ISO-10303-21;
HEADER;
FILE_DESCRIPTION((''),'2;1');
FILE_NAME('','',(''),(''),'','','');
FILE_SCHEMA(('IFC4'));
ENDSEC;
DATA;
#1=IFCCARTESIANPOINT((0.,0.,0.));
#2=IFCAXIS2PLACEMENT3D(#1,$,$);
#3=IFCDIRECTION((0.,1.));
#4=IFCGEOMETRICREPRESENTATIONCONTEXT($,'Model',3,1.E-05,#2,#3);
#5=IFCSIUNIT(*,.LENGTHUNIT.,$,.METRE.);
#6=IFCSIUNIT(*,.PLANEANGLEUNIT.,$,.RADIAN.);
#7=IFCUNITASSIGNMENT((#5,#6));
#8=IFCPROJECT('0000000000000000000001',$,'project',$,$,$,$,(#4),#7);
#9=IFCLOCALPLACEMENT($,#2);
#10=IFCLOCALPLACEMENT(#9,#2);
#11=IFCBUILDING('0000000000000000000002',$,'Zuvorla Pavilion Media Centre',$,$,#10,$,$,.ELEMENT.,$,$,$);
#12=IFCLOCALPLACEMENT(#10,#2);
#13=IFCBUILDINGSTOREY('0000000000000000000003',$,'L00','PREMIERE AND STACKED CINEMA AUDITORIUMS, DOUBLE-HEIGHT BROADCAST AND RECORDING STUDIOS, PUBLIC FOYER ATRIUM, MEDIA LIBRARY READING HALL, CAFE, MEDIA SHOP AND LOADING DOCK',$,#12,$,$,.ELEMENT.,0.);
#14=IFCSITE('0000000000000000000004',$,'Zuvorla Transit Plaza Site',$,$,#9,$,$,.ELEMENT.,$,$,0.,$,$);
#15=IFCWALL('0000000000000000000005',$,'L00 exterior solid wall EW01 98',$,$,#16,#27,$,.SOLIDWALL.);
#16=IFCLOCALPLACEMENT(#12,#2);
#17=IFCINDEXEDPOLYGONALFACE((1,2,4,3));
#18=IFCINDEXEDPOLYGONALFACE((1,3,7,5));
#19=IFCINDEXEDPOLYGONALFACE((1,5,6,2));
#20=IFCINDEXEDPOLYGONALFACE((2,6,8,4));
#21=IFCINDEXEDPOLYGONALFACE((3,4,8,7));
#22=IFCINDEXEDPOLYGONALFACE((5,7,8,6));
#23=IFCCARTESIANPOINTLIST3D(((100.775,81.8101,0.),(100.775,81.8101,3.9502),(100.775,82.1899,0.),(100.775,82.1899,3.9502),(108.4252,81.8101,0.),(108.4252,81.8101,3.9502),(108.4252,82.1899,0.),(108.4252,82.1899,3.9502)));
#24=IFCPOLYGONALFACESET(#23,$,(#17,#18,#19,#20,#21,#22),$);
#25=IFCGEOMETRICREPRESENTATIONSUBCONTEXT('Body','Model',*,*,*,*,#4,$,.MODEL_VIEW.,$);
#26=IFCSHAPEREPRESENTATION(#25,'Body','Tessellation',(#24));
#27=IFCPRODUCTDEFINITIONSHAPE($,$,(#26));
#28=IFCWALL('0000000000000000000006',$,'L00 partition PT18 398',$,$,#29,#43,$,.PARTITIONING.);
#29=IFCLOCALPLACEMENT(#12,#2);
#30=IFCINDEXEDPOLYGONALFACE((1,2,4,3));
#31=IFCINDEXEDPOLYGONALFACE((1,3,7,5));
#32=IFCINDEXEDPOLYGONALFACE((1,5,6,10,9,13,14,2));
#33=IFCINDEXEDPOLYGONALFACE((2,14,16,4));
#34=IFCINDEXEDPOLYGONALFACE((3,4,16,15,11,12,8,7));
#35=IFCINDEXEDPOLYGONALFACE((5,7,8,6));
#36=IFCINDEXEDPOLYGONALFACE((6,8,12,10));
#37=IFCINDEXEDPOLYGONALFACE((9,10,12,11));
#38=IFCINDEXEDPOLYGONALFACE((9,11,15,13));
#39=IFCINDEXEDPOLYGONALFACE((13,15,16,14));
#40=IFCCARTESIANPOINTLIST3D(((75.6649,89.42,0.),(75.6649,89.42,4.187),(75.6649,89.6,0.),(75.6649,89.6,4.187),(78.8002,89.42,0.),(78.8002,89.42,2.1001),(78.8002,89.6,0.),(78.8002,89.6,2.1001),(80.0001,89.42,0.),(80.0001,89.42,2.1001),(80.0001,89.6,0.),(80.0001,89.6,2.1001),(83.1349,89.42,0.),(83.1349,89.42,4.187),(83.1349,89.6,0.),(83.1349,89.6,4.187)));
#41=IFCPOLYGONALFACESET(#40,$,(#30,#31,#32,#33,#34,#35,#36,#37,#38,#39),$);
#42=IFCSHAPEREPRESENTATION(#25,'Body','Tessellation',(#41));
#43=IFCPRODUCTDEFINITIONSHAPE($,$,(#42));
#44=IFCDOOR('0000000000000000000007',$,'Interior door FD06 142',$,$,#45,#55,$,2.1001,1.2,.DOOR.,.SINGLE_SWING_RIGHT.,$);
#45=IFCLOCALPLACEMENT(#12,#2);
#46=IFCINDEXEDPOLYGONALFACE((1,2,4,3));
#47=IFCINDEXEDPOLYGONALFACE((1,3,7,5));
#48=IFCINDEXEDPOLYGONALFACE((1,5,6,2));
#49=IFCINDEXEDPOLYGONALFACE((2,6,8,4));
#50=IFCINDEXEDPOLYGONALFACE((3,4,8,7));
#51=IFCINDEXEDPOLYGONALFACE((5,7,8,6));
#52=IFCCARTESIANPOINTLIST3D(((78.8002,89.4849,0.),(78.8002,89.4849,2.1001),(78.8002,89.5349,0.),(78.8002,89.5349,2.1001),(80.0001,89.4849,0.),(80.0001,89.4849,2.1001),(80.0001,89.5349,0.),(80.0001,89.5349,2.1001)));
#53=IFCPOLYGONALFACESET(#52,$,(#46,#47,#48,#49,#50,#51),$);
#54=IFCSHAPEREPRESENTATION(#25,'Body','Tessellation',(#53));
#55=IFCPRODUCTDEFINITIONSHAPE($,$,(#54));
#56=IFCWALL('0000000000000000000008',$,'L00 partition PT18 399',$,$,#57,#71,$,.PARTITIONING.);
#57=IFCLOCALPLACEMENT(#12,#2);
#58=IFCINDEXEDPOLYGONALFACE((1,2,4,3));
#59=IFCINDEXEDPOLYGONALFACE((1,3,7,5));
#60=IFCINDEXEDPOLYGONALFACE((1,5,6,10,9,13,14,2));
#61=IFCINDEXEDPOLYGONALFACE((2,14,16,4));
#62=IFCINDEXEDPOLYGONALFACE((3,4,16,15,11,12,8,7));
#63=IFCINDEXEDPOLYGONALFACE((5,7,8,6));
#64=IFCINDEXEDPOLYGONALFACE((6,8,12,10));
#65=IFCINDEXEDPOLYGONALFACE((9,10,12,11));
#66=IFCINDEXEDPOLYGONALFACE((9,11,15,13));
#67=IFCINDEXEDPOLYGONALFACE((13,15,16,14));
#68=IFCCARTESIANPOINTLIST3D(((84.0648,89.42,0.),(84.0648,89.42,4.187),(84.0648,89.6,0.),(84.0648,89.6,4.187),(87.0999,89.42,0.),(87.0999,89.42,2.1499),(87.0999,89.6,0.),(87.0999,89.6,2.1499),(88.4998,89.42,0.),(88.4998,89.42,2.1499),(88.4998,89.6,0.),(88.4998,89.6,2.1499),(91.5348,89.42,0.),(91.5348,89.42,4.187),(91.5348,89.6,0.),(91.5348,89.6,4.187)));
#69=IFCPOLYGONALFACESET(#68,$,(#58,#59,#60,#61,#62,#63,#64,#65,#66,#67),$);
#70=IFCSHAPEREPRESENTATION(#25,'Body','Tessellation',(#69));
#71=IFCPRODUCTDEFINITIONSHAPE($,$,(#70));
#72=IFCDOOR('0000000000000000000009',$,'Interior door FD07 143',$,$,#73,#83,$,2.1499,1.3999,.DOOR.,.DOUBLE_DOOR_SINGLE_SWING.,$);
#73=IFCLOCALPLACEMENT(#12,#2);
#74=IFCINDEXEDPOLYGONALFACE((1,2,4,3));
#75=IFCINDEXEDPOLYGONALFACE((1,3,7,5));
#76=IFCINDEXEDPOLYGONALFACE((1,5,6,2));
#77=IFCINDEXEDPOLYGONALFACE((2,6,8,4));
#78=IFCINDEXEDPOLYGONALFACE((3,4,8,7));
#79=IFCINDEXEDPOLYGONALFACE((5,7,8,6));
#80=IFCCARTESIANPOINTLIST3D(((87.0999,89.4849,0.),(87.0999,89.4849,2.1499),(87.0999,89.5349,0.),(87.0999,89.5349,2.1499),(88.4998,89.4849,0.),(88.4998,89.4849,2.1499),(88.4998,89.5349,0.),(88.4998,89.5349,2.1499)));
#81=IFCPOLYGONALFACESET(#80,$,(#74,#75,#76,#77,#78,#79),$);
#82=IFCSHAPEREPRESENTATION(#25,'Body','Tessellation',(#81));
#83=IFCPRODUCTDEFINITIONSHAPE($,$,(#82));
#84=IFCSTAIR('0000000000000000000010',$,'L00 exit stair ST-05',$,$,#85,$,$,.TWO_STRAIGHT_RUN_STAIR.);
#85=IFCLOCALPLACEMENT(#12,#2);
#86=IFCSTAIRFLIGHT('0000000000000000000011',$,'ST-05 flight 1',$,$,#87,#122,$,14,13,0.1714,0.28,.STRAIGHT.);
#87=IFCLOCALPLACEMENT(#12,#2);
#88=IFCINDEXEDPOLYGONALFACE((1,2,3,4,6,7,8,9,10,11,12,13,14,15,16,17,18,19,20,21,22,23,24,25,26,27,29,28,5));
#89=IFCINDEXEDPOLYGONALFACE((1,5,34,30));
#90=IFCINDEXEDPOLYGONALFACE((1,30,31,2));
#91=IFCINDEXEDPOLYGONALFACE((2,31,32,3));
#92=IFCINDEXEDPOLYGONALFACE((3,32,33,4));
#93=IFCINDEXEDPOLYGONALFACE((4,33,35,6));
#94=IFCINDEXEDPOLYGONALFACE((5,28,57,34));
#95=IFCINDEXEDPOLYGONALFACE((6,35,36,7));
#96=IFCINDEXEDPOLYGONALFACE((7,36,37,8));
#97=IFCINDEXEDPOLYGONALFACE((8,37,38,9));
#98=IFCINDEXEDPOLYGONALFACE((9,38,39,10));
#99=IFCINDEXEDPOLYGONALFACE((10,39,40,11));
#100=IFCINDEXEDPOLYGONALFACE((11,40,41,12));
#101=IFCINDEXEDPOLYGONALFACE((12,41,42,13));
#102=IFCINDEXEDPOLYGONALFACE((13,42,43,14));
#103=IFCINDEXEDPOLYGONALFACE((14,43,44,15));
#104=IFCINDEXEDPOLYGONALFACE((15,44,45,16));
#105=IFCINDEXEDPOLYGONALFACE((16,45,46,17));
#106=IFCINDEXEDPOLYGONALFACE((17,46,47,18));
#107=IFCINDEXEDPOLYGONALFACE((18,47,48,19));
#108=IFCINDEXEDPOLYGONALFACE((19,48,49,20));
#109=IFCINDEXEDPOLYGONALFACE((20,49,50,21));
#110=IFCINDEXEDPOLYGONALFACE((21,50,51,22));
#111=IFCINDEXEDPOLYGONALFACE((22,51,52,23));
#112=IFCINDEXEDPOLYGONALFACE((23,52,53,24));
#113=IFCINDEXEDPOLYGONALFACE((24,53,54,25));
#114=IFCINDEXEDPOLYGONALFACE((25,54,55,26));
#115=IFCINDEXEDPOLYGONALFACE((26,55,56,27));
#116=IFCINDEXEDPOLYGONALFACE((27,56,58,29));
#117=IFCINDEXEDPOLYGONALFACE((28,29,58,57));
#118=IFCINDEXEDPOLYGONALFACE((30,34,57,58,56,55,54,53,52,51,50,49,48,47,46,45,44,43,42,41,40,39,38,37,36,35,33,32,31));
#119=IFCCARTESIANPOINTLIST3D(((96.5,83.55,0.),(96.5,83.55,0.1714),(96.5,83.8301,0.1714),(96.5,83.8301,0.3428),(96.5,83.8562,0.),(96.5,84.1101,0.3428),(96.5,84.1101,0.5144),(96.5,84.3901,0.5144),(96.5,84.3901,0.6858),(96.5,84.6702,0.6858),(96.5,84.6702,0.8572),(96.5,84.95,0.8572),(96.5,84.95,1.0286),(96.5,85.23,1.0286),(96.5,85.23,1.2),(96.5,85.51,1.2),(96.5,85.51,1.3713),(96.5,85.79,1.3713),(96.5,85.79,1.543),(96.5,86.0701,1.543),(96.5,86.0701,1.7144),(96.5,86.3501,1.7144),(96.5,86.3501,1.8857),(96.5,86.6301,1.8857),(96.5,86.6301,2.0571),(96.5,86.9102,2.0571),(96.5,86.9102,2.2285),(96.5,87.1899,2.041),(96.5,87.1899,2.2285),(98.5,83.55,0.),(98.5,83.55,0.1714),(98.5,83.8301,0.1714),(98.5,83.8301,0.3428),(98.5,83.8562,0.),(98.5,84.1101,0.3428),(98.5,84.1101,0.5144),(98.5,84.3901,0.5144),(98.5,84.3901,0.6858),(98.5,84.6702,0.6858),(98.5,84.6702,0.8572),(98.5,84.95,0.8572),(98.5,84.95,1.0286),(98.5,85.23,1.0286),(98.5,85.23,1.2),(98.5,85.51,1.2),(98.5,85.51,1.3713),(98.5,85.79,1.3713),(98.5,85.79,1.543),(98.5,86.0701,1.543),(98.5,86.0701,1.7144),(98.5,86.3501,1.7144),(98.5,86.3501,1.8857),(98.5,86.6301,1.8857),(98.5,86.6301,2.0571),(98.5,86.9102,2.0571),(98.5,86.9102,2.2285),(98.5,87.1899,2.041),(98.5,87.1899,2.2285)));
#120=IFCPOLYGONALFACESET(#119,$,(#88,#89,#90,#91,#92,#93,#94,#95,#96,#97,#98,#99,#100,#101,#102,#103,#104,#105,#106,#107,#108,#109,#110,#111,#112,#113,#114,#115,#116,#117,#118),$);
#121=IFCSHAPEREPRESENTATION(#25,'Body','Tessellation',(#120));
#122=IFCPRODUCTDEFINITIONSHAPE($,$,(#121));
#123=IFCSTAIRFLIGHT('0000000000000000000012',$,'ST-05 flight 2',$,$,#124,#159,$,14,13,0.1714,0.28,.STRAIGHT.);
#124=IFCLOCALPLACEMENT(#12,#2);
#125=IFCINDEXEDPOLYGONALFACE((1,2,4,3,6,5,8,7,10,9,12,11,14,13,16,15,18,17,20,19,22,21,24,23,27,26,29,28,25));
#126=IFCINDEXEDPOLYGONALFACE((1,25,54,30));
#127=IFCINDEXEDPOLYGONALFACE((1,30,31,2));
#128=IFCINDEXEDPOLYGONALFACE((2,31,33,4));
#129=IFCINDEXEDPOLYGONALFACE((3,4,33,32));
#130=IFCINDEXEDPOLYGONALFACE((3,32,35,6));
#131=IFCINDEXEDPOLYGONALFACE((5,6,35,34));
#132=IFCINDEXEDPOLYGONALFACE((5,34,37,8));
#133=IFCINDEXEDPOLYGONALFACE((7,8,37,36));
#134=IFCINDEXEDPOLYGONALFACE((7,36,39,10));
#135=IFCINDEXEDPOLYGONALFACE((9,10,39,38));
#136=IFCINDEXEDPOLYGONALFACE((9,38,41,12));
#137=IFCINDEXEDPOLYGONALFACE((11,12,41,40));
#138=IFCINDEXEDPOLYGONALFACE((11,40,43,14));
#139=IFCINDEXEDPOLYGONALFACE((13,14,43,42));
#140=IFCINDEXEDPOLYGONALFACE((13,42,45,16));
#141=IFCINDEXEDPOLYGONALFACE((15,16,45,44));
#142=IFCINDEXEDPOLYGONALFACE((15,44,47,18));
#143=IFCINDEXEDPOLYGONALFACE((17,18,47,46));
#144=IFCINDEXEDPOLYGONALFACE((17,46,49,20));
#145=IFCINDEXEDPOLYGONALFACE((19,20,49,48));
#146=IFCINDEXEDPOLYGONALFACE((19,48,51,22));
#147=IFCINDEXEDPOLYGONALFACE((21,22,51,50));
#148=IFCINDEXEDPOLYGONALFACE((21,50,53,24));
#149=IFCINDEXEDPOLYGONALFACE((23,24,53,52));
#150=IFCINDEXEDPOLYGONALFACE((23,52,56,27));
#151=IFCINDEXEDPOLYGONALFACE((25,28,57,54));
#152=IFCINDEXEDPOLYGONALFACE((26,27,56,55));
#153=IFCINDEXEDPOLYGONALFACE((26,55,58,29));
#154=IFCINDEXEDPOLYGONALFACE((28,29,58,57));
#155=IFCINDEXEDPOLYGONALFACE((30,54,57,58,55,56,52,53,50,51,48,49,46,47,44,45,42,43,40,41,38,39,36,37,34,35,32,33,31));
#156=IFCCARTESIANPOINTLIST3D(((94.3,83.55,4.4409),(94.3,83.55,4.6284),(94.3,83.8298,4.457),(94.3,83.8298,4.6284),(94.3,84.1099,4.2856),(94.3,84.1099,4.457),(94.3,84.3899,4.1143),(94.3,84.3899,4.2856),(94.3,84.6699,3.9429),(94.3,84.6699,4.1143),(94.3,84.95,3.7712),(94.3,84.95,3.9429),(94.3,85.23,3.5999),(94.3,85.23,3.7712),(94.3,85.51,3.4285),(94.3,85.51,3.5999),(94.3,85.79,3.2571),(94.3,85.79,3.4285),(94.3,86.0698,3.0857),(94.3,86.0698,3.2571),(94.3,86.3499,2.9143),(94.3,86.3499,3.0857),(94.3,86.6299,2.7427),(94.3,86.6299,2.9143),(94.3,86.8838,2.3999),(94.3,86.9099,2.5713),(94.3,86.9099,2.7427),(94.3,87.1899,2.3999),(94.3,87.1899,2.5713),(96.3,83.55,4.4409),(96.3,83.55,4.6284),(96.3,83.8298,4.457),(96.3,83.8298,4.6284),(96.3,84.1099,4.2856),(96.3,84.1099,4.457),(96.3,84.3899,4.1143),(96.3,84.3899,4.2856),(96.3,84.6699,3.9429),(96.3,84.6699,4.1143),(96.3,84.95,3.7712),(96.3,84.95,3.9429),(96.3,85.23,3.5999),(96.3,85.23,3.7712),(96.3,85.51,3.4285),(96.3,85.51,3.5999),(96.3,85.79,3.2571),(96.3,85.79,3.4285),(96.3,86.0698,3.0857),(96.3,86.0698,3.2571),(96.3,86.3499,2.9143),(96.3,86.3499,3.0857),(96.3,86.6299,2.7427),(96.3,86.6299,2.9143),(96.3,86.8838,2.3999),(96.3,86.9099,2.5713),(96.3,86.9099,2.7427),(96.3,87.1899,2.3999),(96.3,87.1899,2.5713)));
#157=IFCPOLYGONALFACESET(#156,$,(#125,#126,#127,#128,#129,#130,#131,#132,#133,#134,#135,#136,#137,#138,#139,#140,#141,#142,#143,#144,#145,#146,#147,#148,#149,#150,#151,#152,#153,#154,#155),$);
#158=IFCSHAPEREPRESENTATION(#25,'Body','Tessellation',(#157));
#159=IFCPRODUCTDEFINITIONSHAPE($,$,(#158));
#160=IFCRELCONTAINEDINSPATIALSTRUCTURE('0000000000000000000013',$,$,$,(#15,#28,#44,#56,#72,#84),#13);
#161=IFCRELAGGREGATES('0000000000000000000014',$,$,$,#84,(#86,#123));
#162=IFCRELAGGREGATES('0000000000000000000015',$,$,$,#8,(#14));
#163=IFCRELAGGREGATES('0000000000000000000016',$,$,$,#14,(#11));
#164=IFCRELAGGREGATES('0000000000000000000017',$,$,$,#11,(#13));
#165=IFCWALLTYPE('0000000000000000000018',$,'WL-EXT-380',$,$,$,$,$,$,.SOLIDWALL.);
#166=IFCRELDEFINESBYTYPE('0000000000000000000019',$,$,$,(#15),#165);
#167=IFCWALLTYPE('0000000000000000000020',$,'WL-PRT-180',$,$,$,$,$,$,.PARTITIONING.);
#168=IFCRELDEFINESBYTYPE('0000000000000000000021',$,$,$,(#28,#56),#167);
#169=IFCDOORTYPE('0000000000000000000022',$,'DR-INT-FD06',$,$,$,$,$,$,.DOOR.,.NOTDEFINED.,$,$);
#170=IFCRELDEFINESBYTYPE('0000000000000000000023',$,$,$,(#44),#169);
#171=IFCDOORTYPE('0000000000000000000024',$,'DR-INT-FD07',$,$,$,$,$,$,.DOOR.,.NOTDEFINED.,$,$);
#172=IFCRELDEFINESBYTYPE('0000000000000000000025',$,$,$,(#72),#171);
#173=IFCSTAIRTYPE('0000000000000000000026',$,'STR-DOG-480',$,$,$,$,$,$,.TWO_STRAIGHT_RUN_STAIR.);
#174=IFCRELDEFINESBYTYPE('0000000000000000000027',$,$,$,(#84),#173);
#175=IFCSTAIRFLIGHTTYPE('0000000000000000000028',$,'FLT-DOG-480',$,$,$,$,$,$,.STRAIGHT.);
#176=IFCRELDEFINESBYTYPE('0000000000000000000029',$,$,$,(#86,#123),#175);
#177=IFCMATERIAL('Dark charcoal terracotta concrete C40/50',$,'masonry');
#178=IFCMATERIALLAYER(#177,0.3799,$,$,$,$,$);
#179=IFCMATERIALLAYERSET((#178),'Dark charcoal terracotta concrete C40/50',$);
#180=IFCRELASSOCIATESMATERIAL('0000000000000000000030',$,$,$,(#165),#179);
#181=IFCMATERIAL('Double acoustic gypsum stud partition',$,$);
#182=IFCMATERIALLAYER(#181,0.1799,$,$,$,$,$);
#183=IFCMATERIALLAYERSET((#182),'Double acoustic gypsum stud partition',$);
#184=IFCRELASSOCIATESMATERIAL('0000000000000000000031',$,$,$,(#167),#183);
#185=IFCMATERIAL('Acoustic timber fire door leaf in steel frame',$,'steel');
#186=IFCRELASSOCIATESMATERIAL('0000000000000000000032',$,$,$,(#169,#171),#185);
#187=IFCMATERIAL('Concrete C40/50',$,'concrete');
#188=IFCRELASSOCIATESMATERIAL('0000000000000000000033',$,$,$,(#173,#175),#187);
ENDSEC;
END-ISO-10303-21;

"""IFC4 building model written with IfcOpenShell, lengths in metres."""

from ifc_helpers import new_model, si_unit, direction, frame, frame_2d, origin, place, context, subcontext, project, spatial, polyline, rectangle, outline, extrude, material, layer, layer_set, type_object, element, fill, aggregate, save


model = new_model("IFC4")

# Units and contexts
model_context = context("Model", 3, precision=1e-05, world=origin(), true_north=direction((0.0, 1.0)))
body_context = subcontext(model_context, "Body", "Model", "MODEL_VIEW")
ifc_project = project(units=[si_unit("LENGTHUNIT", "METRE"), si_unit("PLANEANGLEUNIT", "RADIAN")], contexts=[model_context])

# Site, building, storey
site_placement = place(None, origin())
site = spatial("IfcSite", under=ifc_project, at=site_placement, Name="Zuvorla Transit Plaza Site", CompositionType="ELEMENT", RefElevation=0.0)
building_placement = place(site_placement, origin())
building = spatial("IfcBuilding", under=site, at=building_placement, Name="Zuvorla Pavilion Media Centre", CompositionType="ELEMENT")
storey_placement = place(building_placement, origin())
storey = spatial("IfcBuildingStorey", under=building, at=storey_placement, Name="L00", Description="PREMIERE AND STACKED CINEMA AUDITORIUMS, DOUBLE-HEIGHT BROADCAST AND RECORDING STUDIOS, PUBLIC FOYER ATRIUM, MEDIA LIBRARY READING HALL, CAFE, MEDIA SHOP AND LOADING DOCK", CompositionType="ELEMENT", Elevation=0.0)

# Shared definitions
ifc_material_1 = material(Name="Concrete C40/50", Category="concrete")

# Wall
ifc_material_2 = material(Name="Dark charcoal terracotta concrete C40/50", Category="masonry")
ifc_layer_1 = layer(ifc_material_2, 0.3799)
ifc_layer_set_1 = layer_set([ifc_layer_1], Name="Dark charcoal terracotta concrete C40/50")
wall_type_1 = type_object("IfcWallType", Name="WL-EXT-380", PredefinedType="SOLIDWALL", material=ifc_layer_set_1)
wall_1_placement = place(storey_placement, frame((100.7749, 82.0, 0.0), z_axis=(0.0, 0.0, 1.0), x_axis=(1.0, 0.0, 0.0)))
element("IfcWall", 1, at=wall_1_placement, inside=storey, type_object=wall_type_1, Name="L00 exterior solid wall EW01 98", PredefinedType="SOLIDWALL", context=body_context, shape_type="SweptSolid", body=[
    extrude(rectangle(XDim=7.6501, YDim=0.3799, at=frame_2d((3.8252, 0.0))), origin(), (0.0, 0.0, 1.0), 3.9502),
])

# Walls, openings, doors
ifc_material_3 = material(Name="Double acoustic gypsum stud partition")
ifc_layer_2 = layer(ifc_material_3, 0.1799)
ifc_layer_set_2 = layer_set([ifc_layer_2], Name="Double acoustic gypsum stud partition")
wall_type_2 = type_object("IfcWallType", Name="WL-PRT-180", PredefinedType="PARTITIONING", material=ifc_layer_set_2)
wall_2_placement = place(storey_placement, frame((75.665, 89.51, 0.0), z_axis=(0.0, 0.0, 1.0), x_axis=(1.0, 0.0, 0.0)))
wall_2 = element("IfcWall", 2, at=wall_2_placement, inside=storey, type_object=wall_type_2, Name="L00 partition PT18 398", PredefinedType="PARTITIONING", context=body_context, shape_type="SweptSolid", body=[
    extrude(rectangle(XDim=7.47, YDim=0.1799, at=frame_2d((3.7349, 0.0))), origin(), (0.0, 0.0, 1.0), 4.187),
])
opening_1_placement = place(wall_2_placement, frame((3.135, 0.0, 0.0)))
opening_1 = element("IfcOpeningElement", 3, at=opening_1_placement, cuts=wall_2, PredefinedType="OPENING", context=body_context, shape_type="SweptSolid", body=[
    extrude(rectangle(XDim=1.2, YDim=2.1001, at=frame_2d((0.6001, 1.05))), frame((0.0, 0.0999, 0.0), z_axis=(0.0, -1.0, 0.0), x_axis=(1.0, 0.0, 0.0)), (0.0, 0.0, 1.0), 0.2),
])
ifc_material_4 = material(Name="Acoustic timber fire door leaf in steel frame", Category="steel")
door_type_1 = type_object("IfcDoorType", Name="DR-INT-FD06", OperationType="NOTDEFINED", PredefinedType="DOOR", material=ifc_material_4)
door_1_placement = place(opening_1_placement, origin())
door_1 = element("IfcDoor", 4, at=door_1_placement, inside=storey, type_object=door_type_1, Name="Interior door FD06 142", OperationType="SINGLE_SWING_RIGHT", OverallHeight=2.1001, OverallWidth=1.2, PredefinedType="DOOR", context=body_context, shape_type="SweptSolid", body=[
    extrude(rectangle(XDim=1.2, YDim=2.1001, at=frame_2d((0.6001, 1.05))), frame((0.0, 0.0249, 0.0), z_axis=(0.0, -1.0, 0.0), x_axis=(1.0, 0.0, 0.0)), (0.0, 0.0, 1.0), 0.05),
])
fill(opening_1, door_1)
wall_3_placement = place(storey_placement, frame((84.0649, 89.51, 0.0), z_axis=(0.0, 0.0, 1.0), x_axis=(1.0, 0.0, 0.0)))
wall_3 = element("IfcWall", 5, at=wall_3_placement, inside=storey, type_object=wall_type_2, Name="L00 partition PT18 399", PredefinedType="PARTITIONING", context=body_context, shape_type="SweptSolid", body=[
    extrude(rectangle(XDim=7.47, YDim=0.1799, at=frame_2d((3.7349, 0.0))), origin(), (0.0, 0.0, 1.0), 4.187),
])
opening_2_placement = place(wall_3_placement, frame((3.0349, 0.0, 0.0)))
opening_2 = element("IfcOpeningElement", 6, at=opening_2_placement, cuts=wall_3, PredefinedType="OPENING", context=body_context, shape_type="SweptSolid", body=[
    extrude(rectangle(XDim=1.3999, YDim=2.1499, at=frame_2d((0.7, 1.075))), frame((0.0, 0.0999, 0.0), z_axis=(0.0, -1.0, 0.0), x_axis=(1.0, 0.0, 0.0)), (0.0, 0.0, 1.0), 0.2),
])
door_type_2 = type_object("IfcDoorType", Name="DR-INT-FD07", OperationType="NOTDEFINED", PredefinedType="DOOR", material=ifc_material_4)
door_2_placement = place(opening_2_placement, origin())
door_2 = element("IfcDoor", 7, at=door_2_placement, inside=storey, type_object=door_type_2, Name="Interior door FD07 143", OperationType="DOUBLE_DOOR_SINGLE_SWING", OverallHeight=2.1499, OverallWidth=1.3999, PredefinedType="DOOR", context=body_context, shape_type="SweptSolid", body=[
    extrude(rectangle(XDim=1.3999, YDim=2.1499, at=frame_2d((0.7, 1.075))), frame((0.0, 0.0249, 0.0), z_axis=(0.0, -1.0, 0.0), x_axis=(1.0, 0.0, 0.0)), (0.0, 0.0, 1.0), 0.05),
])
fill(opening_2, door_2)

# Stair, stair flights
stair_type = type_object("IfcStairType", Name="STR-DOG-480", PredefinedType="TWO_STRAIGHT_RUN_STAIR", material=ifc_material_1)
stair_placement = place(storey_placement, origin())
stair = element("IfcStair", 8, at=stair_placement, inside=storey, type_object=stair_type, Name="L00 exit stair ST-05", PredefinedType="TWO_STRAIGHT_RUN_STAIR")
stair_flight_type = type_object("IfcStairFlightType", Name="FLT-DOG-480", PredefinedType="STRAIGHT", material=ifc_material_1)
stair_flight_1_placement = place(storey_placement, frame((97.5, 83.55, 0.0), z_axis=(0.0, 0.0, 1.0), x_axis=(0.0, 1.0, 0.0)))
stair_flight_1 = element("IfcStairFlight", 9, at=stair_flight_1_placement, type_object=stair_flight_type, Name="ST-05 flight 1", NumberOfRisers=14, NumberOfTreads=13, PredefinedType="STRAIGHT", RiserHeight=0.1714, TreadLength=0.28, context=body_context, shape_type="SweptSolid", body=[
    extrude(outline(polyline([(0.0, 0.0), (0.0, 0.1714), (0.28, 0.1714), (0.28, 0.3428), (0.5601, 0.3428), (0.5601, 0.5144), (0.8401, 0.5144), (0.8401, 0.6858), (1.1201, 0.6858), (1.1201, 0.8572), (1.3999, 0.8572), (1.3999, 1.0286), (1.6799, 1.0286), (1.6799, 1.2), (1.96, 1.2), (1.96, 1.3713), (2.24, 1.3713), (2.24, 1.543), (2.52, 1.543), (2.52, 1.7144), (2.8, 1.7144), (2.8, 1.8857), (3.0801, 1.8857), (3.0801, 2.0571), (3.3601, 2.0571), (3.3601, 2.2285), (3.6399, 2.2285), (3.6399, 2.3999), (3.6399, 2.041), (0.3062, 0.0), (0.0, 0.0)])), frame((0.0, 1.0, 0.0), z_axis=(0.0, -1.0, 0.0), x_axis=(1.0, 0.0, 0.0)), (0.0, 0.0, 1.0), 2.0),
])
stair_flight_2_placement = place(storey_placement, frame((95.3, 87.1899, 2.3999), z_axis=(0.0, 0.0, 1.0), x_axis=(0.0, -1.0, 0.0)))
stair_flight_2 = element("IfcStairFlight", 10, at=stair_flight_2_placement, type_object=stair_flight_type, Name="ST-05 flight 2", NumberOfRisers=14, NumberOfTreads=13, PredefinedType="STRAIGHT", RiserHeight=0.1714, TreadLength=0.28, context=body_context, shape_type="SweptSolid", body=[
    extrude(outline(polyline([(0.0, 0.0), (0.0, 0.1714), (0.28, 0.1714), (0.28, 0.3428), (0.5601, 0.3428), (0.5601, 0.5144), (0.8401, 0.5144), (0.8401, 0.6858), (1.1201, 0.6858), (1.1201, 0.8572), (1.3999, 0.8572), (1.3999, 1.0286), (1.6799, 1.0286), (1.6799, 1.2), (1.96, 1.2), (1.96, 1.3713), (2.24, 1.3713), (2.24, 1.543), (2.52, 1.543), (2.52, 1.7144), (2.8, 1.7144), (2.8, 1.8857), (3.0801, 1.8857), (3.0801, 2.0571), (3.3601, 2.0571), (3.3601, 2.2285), (3.6399, 2.2285), (3.6399, 2.3999), (3.6399, 2.041), (0.3062, 0.0), (0.0, 0.0)])), frame((0.0, 1.0, 0.0), z_axis=(0.0, -1.0, 0.0), x_axis=(1.0, 0.0, 0.0)), (0.0, 0.0, 1.0), 2.0),
])
aggregate(stair, [stair_flight_1, stair_flight_2])

save(model, "model.ifc")
